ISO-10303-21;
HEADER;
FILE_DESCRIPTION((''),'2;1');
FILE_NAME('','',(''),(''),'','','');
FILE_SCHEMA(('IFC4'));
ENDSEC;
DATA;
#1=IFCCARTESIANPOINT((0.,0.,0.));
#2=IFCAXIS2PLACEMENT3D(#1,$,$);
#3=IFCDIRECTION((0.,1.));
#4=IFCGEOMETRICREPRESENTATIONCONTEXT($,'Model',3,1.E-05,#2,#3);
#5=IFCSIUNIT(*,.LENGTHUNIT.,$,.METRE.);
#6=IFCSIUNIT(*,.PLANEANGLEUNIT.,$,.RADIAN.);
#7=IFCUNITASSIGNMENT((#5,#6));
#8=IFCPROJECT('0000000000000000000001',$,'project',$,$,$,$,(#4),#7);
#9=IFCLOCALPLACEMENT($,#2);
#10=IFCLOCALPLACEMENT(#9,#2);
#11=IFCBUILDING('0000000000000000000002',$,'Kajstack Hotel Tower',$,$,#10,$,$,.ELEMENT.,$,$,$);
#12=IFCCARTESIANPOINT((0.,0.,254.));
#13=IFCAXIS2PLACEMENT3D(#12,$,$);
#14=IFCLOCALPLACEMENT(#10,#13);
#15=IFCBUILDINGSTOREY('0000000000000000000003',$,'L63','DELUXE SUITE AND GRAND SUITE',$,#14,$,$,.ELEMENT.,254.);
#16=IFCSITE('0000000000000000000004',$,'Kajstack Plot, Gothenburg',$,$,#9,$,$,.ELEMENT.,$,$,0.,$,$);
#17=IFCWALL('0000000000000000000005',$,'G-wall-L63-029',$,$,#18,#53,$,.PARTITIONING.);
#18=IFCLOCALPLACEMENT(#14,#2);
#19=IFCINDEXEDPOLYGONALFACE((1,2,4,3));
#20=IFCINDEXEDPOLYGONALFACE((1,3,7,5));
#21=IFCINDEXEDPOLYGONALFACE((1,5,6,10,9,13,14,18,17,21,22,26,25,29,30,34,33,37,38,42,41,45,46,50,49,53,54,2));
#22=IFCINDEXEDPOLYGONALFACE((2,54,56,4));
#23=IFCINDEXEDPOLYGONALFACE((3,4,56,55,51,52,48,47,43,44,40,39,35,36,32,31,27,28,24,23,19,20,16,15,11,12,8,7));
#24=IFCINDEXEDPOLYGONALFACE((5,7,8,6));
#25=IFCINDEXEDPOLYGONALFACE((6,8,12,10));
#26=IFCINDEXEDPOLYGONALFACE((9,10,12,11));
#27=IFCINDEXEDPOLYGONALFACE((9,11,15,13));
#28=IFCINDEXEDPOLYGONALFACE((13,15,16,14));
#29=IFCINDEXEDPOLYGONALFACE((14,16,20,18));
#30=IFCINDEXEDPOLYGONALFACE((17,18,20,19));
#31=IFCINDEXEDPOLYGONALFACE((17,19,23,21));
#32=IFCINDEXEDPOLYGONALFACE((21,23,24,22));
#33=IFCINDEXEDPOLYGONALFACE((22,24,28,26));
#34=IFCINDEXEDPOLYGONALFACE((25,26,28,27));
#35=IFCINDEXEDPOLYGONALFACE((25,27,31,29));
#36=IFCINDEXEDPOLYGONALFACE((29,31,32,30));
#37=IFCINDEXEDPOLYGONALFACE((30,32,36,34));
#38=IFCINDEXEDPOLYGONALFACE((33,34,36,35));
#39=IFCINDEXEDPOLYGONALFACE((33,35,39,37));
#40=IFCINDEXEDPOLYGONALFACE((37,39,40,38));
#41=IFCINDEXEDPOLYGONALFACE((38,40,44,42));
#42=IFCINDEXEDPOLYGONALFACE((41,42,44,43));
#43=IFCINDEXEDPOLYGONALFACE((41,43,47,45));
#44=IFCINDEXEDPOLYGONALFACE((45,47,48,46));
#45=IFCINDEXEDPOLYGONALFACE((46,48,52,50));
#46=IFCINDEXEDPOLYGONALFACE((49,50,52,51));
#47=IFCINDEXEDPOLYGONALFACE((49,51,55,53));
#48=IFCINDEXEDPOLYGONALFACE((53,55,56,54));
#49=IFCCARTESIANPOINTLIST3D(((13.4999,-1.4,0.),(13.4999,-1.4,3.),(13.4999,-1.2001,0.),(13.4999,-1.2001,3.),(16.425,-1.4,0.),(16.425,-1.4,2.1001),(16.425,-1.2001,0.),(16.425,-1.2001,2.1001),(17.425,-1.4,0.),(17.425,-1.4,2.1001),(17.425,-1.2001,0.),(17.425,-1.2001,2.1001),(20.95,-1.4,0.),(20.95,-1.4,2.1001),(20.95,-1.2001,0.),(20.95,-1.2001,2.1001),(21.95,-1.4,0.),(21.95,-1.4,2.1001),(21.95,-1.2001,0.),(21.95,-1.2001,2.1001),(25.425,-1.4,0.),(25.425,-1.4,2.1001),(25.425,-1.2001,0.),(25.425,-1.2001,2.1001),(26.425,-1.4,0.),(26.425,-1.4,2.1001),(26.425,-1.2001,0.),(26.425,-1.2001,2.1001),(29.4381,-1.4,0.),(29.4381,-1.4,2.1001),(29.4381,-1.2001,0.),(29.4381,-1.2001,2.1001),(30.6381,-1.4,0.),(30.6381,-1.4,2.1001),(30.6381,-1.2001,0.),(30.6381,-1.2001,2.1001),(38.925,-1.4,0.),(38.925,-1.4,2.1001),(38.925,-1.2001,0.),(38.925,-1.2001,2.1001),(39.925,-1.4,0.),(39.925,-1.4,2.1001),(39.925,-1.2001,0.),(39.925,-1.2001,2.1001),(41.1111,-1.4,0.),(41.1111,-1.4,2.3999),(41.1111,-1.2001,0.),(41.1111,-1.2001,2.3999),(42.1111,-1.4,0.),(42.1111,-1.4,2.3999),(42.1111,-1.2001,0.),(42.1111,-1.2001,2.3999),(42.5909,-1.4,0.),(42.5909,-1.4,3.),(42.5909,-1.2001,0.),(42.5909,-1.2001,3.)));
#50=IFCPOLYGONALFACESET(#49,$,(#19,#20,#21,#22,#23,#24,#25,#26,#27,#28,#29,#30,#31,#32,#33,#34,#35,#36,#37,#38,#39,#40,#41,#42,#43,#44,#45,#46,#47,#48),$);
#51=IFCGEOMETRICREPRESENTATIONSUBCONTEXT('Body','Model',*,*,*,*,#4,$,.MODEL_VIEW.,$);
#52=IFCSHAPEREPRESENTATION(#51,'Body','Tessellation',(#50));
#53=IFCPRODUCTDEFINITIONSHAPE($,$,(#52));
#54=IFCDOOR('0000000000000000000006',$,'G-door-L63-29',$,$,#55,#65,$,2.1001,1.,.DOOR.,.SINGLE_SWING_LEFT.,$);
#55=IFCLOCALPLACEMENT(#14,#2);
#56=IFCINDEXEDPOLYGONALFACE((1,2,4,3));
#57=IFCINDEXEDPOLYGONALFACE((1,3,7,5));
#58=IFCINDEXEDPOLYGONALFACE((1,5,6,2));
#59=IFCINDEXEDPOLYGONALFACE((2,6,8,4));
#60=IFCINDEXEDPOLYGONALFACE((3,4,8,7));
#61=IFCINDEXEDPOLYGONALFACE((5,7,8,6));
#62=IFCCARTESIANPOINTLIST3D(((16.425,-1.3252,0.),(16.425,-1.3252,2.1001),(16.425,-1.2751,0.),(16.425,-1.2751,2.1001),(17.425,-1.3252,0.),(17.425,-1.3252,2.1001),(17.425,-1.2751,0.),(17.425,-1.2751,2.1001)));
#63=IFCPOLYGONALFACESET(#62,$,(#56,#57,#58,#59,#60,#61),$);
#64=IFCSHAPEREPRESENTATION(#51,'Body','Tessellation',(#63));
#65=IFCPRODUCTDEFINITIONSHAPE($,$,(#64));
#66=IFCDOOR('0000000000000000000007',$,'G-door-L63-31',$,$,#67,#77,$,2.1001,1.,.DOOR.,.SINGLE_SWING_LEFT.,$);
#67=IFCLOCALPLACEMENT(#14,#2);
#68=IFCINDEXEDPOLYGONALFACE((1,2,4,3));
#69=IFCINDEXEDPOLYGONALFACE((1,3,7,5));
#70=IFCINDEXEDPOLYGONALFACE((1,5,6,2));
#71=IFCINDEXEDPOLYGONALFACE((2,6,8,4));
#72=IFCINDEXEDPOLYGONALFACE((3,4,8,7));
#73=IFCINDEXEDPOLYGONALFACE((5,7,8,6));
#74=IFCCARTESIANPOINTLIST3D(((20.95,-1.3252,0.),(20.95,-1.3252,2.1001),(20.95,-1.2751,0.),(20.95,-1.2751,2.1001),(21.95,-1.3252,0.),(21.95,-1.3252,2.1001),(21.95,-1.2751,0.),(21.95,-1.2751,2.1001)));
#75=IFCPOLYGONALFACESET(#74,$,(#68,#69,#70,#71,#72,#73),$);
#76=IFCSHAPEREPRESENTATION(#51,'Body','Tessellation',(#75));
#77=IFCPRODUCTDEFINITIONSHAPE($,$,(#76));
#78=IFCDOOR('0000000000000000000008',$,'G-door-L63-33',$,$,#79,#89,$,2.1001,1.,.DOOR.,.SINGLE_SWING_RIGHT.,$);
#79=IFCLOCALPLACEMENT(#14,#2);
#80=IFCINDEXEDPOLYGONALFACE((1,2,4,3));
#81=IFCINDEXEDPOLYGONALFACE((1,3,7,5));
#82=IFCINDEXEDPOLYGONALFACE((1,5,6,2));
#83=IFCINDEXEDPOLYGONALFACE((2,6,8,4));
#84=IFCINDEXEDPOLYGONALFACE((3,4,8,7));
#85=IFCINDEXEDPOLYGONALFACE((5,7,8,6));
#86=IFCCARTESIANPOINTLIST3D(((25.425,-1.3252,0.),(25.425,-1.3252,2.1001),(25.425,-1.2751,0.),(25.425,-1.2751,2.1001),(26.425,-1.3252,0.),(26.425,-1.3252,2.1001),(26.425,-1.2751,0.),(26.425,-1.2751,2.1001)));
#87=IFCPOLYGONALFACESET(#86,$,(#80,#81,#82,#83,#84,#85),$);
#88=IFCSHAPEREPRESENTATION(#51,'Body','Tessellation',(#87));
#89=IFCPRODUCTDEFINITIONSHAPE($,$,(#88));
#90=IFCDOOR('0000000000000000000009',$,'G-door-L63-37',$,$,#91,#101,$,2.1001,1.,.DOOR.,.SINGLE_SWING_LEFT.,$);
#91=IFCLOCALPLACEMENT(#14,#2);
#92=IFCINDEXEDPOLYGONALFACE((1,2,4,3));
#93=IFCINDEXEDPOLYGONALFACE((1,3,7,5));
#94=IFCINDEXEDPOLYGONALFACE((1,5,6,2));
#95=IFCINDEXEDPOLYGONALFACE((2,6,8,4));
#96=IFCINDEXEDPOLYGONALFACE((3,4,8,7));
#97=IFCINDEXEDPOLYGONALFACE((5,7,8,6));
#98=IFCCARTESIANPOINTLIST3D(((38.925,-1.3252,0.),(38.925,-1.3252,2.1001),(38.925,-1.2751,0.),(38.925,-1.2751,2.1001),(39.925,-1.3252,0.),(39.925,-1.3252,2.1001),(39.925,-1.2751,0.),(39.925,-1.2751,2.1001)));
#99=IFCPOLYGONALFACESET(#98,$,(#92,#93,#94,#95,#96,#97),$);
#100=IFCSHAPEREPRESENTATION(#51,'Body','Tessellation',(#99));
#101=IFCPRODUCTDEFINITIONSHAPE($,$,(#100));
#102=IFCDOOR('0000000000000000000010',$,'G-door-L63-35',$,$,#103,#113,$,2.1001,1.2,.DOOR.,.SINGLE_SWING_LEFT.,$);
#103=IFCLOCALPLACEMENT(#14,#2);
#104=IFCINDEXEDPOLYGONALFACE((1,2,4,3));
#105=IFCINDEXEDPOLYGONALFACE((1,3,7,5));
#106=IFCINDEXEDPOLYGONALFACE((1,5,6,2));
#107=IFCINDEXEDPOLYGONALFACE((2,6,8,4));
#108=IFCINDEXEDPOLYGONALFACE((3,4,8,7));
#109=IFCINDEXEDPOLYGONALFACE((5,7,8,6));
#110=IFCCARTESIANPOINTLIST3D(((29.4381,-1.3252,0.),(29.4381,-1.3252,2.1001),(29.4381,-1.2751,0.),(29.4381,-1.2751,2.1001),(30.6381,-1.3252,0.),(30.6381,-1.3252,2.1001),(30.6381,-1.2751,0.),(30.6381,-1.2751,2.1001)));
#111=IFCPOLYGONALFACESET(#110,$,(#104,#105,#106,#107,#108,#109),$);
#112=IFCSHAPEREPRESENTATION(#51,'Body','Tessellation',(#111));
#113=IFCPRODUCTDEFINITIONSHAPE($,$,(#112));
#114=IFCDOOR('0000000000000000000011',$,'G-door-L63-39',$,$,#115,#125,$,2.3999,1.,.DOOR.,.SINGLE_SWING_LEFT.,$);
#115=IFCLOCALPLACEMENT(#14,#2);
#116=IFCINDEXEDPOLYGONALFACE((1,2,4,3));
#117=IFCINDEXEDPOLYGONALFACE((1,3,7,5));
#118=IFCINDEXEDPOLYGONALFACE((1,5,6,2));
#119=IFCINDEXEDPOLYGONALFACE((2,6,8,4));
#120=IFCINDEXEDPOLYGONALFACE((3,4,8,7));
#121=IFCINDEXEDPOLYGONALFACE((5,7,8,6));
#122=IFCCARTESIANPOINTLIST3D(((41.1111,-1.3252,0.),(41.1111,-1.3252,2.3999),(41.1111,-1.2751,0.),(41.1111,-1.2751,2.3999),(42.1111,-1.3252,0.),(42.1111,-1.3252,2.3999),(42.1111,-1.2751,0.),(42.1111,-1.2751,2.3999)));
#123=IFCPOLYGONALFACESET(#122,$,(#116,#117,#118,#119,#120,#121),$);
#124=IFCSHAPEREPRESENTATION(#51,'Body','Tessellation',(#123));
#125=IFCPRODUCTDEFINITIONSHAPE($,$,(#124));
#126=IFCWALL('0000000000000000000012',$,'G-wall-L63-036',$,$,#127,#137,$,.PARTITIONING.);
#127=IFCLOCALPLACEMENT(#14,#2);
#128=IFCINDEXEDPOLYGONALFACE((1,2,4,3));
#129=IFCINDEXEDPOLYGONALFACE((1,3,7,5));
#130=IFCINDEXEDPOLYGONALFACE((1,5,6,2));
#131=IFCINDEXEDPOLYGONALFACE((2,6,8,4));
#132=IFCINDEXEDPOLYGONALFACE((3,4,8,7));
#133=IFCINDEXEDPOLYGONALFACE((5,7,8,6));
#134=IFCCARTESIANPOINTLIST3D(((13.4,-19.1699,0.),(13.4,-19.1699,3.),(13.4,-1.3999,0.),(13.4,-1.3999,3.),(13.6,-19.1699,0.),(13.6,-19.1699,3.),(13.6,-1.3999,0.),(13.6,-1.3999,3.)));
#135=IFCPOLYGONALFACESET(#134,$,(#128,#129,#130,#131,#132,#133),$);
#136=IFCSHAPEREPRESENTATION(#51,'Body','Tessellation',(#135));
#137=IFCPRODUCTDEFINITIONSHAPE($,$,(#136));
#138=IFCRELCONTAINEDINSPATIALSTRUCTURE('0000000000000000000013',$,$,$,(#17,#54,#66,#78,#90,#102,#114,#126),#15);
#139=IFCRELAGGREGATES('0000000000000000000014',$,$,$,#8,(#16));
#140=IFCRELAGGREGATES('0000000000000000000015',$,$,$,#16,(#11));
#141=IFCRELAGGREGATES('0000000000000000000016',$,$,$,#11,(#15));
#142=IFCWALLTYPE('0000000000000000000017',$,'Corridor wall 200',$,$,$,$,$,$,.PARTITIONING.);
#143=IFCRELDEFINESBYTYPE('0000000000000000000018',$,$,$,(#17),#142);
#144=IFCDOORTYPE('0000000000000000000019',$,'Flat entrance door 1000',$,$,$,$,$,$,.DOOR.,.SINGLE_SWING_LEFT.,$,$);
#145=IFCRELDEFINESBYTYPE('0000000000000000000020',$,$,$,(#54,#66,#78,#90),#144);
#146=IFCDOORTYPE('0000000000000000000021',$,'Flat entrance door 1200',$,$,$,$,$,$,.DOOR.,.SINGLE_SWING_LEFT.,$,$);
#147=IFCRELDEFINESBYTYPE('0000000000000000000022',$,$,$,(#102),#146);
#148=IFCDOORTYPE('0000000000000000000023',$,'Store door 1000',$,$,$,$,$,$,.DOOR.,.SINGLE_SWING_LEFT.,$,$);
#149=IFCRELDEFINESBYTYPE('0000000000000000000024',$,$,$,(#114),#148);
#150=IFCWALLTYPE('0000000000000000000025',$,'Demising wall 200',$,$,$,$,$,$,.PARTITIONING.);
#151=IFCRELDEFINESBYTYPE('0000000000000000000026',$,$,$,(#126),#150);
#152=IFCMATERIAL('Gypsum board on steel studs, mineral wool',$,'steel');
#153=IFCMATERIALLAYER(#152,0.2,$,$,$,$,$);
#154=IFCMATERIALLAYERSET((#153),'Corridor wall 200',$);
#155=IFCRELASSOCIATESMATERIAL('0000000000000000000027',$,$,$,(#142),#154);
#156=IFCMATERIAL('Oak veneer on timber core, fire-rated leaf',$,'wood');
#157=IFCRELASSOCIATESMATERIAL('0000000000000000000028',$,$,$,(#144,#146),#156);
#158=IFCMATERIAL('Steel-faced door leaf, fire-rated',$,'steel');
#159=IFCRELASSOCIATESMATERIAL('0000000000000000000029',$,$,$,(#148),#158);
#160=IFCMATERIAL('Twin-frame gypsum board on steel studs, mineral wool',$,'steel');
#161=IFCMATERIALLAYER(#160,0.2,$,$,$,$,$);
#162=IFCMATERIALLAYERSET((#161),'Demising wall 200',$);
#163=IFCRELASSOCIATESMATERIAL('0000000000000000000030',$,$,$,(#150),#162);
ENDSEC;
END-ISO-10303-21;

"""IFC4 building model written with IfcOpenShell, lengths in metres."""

from ifc_helpers import new_model, si_unit, direction, frame, frame_2d, origin, place, context, subcontext, project, spatial, rectangle, extrude, material, layer, layer_set, type_object, element, fill, save


model = new_model("IFC4")

# Units and contexts
model_context = context("Model", 3, precision=1e-05, world=origin(), true_north=direction((0.0, 1.0)))
body_context = subcontext(model_context, "Body", "Model", "MODEL_VIEW")
ifc_project = project(units=[si_unit("LENGTHUNIT", "METRE"), si_unit("PLANEANGLEUNIT", "RADIAN")], contexts=[model_context])

# Site, building, storey
site_placement = place(None, origin())
site = spatial("IfcSite", under=ifc_project, at=site_placement, Name="Kajstack Plot, Gothenburg", CompositionType="ELEMENT", RefElevation=0.0)
building_placement = place(site_placement, origin())
building = spatial("IfcBuilding", under=site, at=building_placement, Name="Kajstack Hotel Tower", CompositionType="ELEMENT")
storey_placement = place(building_placement, frame((0.0, 0.0, 254.0)))
storey = spatial("IfcBuildingStorey", under=building, at=storey_placement, Name="L63", Description="DELUXE SUITE AND GRAND SUITE", CompositionType="ELEMENT", Elevation=254.0)

# Wall, openings, doors
ifc_material_1 = material(Name="Gypsum board on steel studs, mineral wool", Category="steel")
ifc_layer_1 = layer(ifc_material_1, 0.2)
ifc_layer_set_1 = layer_set([ifc_layer_1], Name="Corridor wall 200")
wall_type_1 = type_object("IfcWallType", Name="Corridor wall 200", PredefinedType="PARTITIONING", material=ifc_layer_set_1)
wall_1_placement = place(storey_placement, frame((13.5, -1.3, 0.0), z_axis=(0.0, 0.0, 1.0), x_axis=(1.0, 0.0, 0.0)))
wall_1 = element("IfcWall", 1, at=wall_1_placement, inside=storey, type_object=wall_type_1, Name="G-wall-L63-029", PredefinedType="PARTITIONING", context=body_context, shape_type="SweptSolid", body=[
    extrude(rectangle(XDim=29.0911, YDim=0.2, at=frame_2d((14.5454, 0.0))), origin(), (0.0, 0.0, 1.0), 3.0),
])
opening_1_placement = place(wall_1_placement, frame((2.925, 0.0, 0.0)))
opening_1 = element("IfcOpeningElement", 2, at=opening_1_placement, cuts=wall_1, PredefinedType="OPENING", context=body_context, shape_type="SweptSolid", body=[
    extrude(rectangle(XDim=1.0, YDim=2.1001, at=frame_2d((0.5, 1.05))), frame((0.0, 0.1099, 0.0), z_axis=(0.0, -1.0, 0.0), x_axis=(1.0, 0.0, 0.0)), (0.0, 0.0, 1.0), 0.22),
])
opening_2_placement = place(wall_1_placement, frame((7.45, 0.0, 0.0)))
opening_2 = element("IfcOpeningElement", 3, at=opening_2_placement, cuts=wall_1, PredefinedType="OPENING", context=body_context, shape_type="SweptSolid", body=[
    extrude(rectangle(XDim=1.0, YDim=2.1001, at=frame_2d((0.5, 1.05))), frame((0.0, 0.1099, 0.0), z_axis=(0.0, -1.0, 0.0), x_axis=(1.0, 0.0, 0.0)), (0.0, 0.0, 1.0), 0.22),
])
opening_3_placement = place(wall_1_placement, frame((11.925, 0.0, 0.0)))
opening_3 = element("IfcOpeningElement", 4, at=opening_3_placement, cuts=wall_1, PredefinedType="OPENING", context=body_context, shape_type="SweptSolid", body=[
    extrude(rectangle(XDim=1.0, YDim=2.1001, at=frame_2d((0.5, 1.05))), frame((0.0, 0.1099, 0.0), z_axis=(0.0, -1.0, 0.0), x_axis=(1.0, 0.0, 0.0)), (0.0, 0.0, 1.0), 0.22),
])
opening_4_placement = place(wall_1_placement, frame((15.938, 0.0, 0.0)))
opening_4 = element("IfcOpeningElement", 5, at=opening_4_placement, cuts=wall_1, PredefinedType="OPENING", context=body_context, shape_type="SweptSolid", body=[
    extrude(rectangle(XDim=1.2, YDim=2.1001, at=frame_2d((0.6001, 1.05))), frame((0.0, 0.1099, 0.0), z_axis=(0.0, -1.0, 0.0), x_axis=(1.0, 0.0, 0.0)), (0.0, 0.0, 1.0), 0.22),
])
opening_5_placement = place(wall_1_placement, frame((25.425, 0.0, 0.0)))
opening_5 = element("IfcOpeningElement", 6, at=opening_5_placement, cuts=wall_1, PredefinedType="OPENING", context=body_context, shape_type="SweptSolid", body=[
    extrude(rectangle(XDim=1.0, YDim=2.1001, at=frame_2d((0.5, 1.05))), frame((0.0, 0.1099, 0.0), z_axis=(0.0, -1.0, 0.0), x_axis=(1.0, 0.0, 0.0)), (0.0, 0.0, 1.0), 0.22),
])
opening_6_placement = place(wall_1_placement, frame((27.6111, 0.0, 0.0)))
opening_6 = element("IfcOpeningElement", 7, at=opening_6_placement, cuts=wall_1, PredefinedType="OPENING", context=body_context, shape_type="SweptSolid", body=[
    extrude(rectangle(XDim=1.0, YDim=2.3999, at=frame_2d((0.5, 1.2))), frame((0.0, 0.1099, 0.0), z_axis=(0.0, -1.0, 0.0), x_axis=(1.0, 0.0, 0.0)), (0.0, 0.0, 1.0), 0.22),
])
ifc_material_2 = material(Name="Oak veneer on timber core, fire-rated leaf", Category="wood")
door_type_1 = type_object("IfcDoorType", Name="Flat entrance door 1000", OperationType="SINGLE_SWING_LEFT", PredefinedType="DOOR", material=ifc_material_2)
door_1_placement = place(opening_1_placement, origin())
door_1 = element("IfcDoor", 8, at=door_1_placement, inside=storey, type_object=door_type_1, Name="G-door-L63-29", OperationType="SINGLE_SWING_LEFT", OverallHeight=2.1001, OverallWidth=1.0, PredefinedType="DOOR", context=body_context, shape_type="SweptSolid", body=[
    extrude(rectangle(XDim=1.0, YDim=2.1001, at=frame_2d((0.5, 1.05))), frame((0.0, 0.0249, 0.0), z_axis=(0.0, -1.0, 0.0), x_axis=(1.0, 0.0, 0.0)), (0.0, 0.0, 1.0), 0.05),
])
fill(opening_1, door_1)
door_2_placement = place(opening_2_placement, origin())
door_2 = element("IfcDoor", 9, at=door_2_placement, inside=storey, type_object=door_type_1, Name="G-door-L63-31", OperationType="SINGLE_SWING_LEFT", OverallHeight=2.1001, OverallWidth=1.0, PredefinedType="DOOR", context=body_context, shape_type="SweptSolid", body=[
    extrude(rectangle(XDim=1.0, YDim=2.1001, at=frame_2d((0.5, 1.05))), frame((0.0, 0.0249, 0.0), z_axis=(0.0, -1.0, 0.0), x_axis=(1.0, 0.0, 0.0)), (0.0, 0.0, 1.0), 0.05),
])
fill(opening_2, door_2)
door_3_placement = place(opening_3_placement, origin())
door_3 = element("IfcDoor", 10, at=door_3_placement, inside=storey, type_object=door_type_1, Name="G-door-L63-33", OperationType="SINGLE_SWING_RIGHT", OverallHeight=2.1001, OverallWidth=1.0, PredefinedType="DOOR", context=body_context, shape_type="SweptSolid", body=[
    extrude(rectangle(XDim=1.0, YDim=2.1001, at=frame_2d((0.5, 1.05))), frame((0.0, 0.0249, 0.0), z_axis=(0.0, -1.0, 0.0), x_axis=(1.0, 0.0, 0.0)), (0.0, 0.0, 1.0), 0.05),
])
fill(opening_3, door_3)
door_4_placement = place(opening_5_placement, origin())
door_4 = element("IfcDoor", 11, at=door_4_placement, inside=storey, type_object=door_type_1, Name="G-door-L63-37", OperationType="SINGLE_SWING_LEFT", OverallHeight=2.1001, OverallWidth=1.0, PredefinedType="DOOR", context=body_context, shape_type="SweptSolid", body=[
    extrude(rectangle(XDim=1.0, YDim=2.1001, at=frame_2d((0.5, 1.05))), frame((0.0, 0.0249, 0.0), z_axis=(0.0, -1.0, 0.0), x_axis=(1.0, 0.0, 0.0)), (0.0, 0.0, 1.0), 0.05),
])
fill(opening_5, door_4)
door_type_2 = type_object("IfcDoorType", Name="Flat entrance door 1200", OperationType="SINGLE_SWING_LEFT", PredefinedType="DOOR", material=ifc_material_2)
door_5_placement = place(opening_4_placement, origin())
door_5 = element("IfcDoor", 12, at=door_5_placement, inside=storey, type_object=door_type_2, Name="G-door-L63-35", OperationType="SINGLE_SWING_LEFT", OverallHeight=2.1001, OverallWidth=1.2, PredefinedType="DOOR", context=body_context, shape_type="SweptSolid", body=[
    extrude(rectangle(XDim=1.2, YDim=2.1001, at=frame_2d((0.6001, 1.05))), frame((0.0, 0.0249, 0.0), z_axis=(0.0, -1.0, 0.0), x_axis=(1.0, 0.0, 0.0)), (0.0, 0.0, 1.0), 0.05),
])
fill(opening_4, door_5)
ifc_material_3 = material(Name="Steel-faced door leaf, fire-rated", Category="steel")
door_type_3 = type_object("IfcDoorType", Name="Store door 1000", OperationType="SINGLE_SWING_LEFT", PredefinedType="DOOR", material=ifc_material_3)
door_6_placement = place(opening_6_placement, origin())
door_6 = element("IfcDoor", 13, at=door_6_placement, inside=storey, type_object=door_type_3, Name="G-door-L63-39", OperationType="SINGLE_SWING_LEFT", OverallHeight=2.3999, OverallWidth=1.0, PredefinedType="DOOR", context=body_context, shape_type="SweptSolid", body=[
    extrude(rectangle(XDim=1.0, YDim=2.3999, at=frame_2d((0.5, 1.2))), frame((0.0, 0.0249, 0.0), z_axis=(0.0, -1.0, 0.0), x_axis=(1.0, 0.0, 0.0)), (0.0, 0.0, 1.0), 0.05),
])
fill(opening_6, door_6)

# Wall
ifc_material_4 = material(Name="Twin-frame gypsum board on steel studs, mineral wool", Category="steel")
ifc_layer_2 = layer(ifc_material_4, 0.2)
ifc_layer_set_2 = layer_set([ifc_layer_2], Name="Demising wall 200")
wall_type_2 = type_object("IfcWallType", Name="Demising wall 200", PredefinedType="PARTITIONING", material=ifc_layer_set_2)
wall_2_placement = place(storey_placement, frame((13.5, -19.1699, 0.0), z_axis=(0.0, 0.0, 1.0), x_axis=(0.0, 1.0, 0.0)))
element("IfcWall", 14, at=wall_2_placement, inside=storey, type_object=wall_type_2, Name="G-wall-L63-036", PredefinedType="PARTITIONING", context=body_context, shape_type="SweptSolid", body=[
    extrude(rectangle(XDim=17.77, YDim=0.2, at=frame_2d((8.885, 0.0))), origin(), (0.0, 0.0, 1.0), 3.0),
])

save(model, "model.ifc")
